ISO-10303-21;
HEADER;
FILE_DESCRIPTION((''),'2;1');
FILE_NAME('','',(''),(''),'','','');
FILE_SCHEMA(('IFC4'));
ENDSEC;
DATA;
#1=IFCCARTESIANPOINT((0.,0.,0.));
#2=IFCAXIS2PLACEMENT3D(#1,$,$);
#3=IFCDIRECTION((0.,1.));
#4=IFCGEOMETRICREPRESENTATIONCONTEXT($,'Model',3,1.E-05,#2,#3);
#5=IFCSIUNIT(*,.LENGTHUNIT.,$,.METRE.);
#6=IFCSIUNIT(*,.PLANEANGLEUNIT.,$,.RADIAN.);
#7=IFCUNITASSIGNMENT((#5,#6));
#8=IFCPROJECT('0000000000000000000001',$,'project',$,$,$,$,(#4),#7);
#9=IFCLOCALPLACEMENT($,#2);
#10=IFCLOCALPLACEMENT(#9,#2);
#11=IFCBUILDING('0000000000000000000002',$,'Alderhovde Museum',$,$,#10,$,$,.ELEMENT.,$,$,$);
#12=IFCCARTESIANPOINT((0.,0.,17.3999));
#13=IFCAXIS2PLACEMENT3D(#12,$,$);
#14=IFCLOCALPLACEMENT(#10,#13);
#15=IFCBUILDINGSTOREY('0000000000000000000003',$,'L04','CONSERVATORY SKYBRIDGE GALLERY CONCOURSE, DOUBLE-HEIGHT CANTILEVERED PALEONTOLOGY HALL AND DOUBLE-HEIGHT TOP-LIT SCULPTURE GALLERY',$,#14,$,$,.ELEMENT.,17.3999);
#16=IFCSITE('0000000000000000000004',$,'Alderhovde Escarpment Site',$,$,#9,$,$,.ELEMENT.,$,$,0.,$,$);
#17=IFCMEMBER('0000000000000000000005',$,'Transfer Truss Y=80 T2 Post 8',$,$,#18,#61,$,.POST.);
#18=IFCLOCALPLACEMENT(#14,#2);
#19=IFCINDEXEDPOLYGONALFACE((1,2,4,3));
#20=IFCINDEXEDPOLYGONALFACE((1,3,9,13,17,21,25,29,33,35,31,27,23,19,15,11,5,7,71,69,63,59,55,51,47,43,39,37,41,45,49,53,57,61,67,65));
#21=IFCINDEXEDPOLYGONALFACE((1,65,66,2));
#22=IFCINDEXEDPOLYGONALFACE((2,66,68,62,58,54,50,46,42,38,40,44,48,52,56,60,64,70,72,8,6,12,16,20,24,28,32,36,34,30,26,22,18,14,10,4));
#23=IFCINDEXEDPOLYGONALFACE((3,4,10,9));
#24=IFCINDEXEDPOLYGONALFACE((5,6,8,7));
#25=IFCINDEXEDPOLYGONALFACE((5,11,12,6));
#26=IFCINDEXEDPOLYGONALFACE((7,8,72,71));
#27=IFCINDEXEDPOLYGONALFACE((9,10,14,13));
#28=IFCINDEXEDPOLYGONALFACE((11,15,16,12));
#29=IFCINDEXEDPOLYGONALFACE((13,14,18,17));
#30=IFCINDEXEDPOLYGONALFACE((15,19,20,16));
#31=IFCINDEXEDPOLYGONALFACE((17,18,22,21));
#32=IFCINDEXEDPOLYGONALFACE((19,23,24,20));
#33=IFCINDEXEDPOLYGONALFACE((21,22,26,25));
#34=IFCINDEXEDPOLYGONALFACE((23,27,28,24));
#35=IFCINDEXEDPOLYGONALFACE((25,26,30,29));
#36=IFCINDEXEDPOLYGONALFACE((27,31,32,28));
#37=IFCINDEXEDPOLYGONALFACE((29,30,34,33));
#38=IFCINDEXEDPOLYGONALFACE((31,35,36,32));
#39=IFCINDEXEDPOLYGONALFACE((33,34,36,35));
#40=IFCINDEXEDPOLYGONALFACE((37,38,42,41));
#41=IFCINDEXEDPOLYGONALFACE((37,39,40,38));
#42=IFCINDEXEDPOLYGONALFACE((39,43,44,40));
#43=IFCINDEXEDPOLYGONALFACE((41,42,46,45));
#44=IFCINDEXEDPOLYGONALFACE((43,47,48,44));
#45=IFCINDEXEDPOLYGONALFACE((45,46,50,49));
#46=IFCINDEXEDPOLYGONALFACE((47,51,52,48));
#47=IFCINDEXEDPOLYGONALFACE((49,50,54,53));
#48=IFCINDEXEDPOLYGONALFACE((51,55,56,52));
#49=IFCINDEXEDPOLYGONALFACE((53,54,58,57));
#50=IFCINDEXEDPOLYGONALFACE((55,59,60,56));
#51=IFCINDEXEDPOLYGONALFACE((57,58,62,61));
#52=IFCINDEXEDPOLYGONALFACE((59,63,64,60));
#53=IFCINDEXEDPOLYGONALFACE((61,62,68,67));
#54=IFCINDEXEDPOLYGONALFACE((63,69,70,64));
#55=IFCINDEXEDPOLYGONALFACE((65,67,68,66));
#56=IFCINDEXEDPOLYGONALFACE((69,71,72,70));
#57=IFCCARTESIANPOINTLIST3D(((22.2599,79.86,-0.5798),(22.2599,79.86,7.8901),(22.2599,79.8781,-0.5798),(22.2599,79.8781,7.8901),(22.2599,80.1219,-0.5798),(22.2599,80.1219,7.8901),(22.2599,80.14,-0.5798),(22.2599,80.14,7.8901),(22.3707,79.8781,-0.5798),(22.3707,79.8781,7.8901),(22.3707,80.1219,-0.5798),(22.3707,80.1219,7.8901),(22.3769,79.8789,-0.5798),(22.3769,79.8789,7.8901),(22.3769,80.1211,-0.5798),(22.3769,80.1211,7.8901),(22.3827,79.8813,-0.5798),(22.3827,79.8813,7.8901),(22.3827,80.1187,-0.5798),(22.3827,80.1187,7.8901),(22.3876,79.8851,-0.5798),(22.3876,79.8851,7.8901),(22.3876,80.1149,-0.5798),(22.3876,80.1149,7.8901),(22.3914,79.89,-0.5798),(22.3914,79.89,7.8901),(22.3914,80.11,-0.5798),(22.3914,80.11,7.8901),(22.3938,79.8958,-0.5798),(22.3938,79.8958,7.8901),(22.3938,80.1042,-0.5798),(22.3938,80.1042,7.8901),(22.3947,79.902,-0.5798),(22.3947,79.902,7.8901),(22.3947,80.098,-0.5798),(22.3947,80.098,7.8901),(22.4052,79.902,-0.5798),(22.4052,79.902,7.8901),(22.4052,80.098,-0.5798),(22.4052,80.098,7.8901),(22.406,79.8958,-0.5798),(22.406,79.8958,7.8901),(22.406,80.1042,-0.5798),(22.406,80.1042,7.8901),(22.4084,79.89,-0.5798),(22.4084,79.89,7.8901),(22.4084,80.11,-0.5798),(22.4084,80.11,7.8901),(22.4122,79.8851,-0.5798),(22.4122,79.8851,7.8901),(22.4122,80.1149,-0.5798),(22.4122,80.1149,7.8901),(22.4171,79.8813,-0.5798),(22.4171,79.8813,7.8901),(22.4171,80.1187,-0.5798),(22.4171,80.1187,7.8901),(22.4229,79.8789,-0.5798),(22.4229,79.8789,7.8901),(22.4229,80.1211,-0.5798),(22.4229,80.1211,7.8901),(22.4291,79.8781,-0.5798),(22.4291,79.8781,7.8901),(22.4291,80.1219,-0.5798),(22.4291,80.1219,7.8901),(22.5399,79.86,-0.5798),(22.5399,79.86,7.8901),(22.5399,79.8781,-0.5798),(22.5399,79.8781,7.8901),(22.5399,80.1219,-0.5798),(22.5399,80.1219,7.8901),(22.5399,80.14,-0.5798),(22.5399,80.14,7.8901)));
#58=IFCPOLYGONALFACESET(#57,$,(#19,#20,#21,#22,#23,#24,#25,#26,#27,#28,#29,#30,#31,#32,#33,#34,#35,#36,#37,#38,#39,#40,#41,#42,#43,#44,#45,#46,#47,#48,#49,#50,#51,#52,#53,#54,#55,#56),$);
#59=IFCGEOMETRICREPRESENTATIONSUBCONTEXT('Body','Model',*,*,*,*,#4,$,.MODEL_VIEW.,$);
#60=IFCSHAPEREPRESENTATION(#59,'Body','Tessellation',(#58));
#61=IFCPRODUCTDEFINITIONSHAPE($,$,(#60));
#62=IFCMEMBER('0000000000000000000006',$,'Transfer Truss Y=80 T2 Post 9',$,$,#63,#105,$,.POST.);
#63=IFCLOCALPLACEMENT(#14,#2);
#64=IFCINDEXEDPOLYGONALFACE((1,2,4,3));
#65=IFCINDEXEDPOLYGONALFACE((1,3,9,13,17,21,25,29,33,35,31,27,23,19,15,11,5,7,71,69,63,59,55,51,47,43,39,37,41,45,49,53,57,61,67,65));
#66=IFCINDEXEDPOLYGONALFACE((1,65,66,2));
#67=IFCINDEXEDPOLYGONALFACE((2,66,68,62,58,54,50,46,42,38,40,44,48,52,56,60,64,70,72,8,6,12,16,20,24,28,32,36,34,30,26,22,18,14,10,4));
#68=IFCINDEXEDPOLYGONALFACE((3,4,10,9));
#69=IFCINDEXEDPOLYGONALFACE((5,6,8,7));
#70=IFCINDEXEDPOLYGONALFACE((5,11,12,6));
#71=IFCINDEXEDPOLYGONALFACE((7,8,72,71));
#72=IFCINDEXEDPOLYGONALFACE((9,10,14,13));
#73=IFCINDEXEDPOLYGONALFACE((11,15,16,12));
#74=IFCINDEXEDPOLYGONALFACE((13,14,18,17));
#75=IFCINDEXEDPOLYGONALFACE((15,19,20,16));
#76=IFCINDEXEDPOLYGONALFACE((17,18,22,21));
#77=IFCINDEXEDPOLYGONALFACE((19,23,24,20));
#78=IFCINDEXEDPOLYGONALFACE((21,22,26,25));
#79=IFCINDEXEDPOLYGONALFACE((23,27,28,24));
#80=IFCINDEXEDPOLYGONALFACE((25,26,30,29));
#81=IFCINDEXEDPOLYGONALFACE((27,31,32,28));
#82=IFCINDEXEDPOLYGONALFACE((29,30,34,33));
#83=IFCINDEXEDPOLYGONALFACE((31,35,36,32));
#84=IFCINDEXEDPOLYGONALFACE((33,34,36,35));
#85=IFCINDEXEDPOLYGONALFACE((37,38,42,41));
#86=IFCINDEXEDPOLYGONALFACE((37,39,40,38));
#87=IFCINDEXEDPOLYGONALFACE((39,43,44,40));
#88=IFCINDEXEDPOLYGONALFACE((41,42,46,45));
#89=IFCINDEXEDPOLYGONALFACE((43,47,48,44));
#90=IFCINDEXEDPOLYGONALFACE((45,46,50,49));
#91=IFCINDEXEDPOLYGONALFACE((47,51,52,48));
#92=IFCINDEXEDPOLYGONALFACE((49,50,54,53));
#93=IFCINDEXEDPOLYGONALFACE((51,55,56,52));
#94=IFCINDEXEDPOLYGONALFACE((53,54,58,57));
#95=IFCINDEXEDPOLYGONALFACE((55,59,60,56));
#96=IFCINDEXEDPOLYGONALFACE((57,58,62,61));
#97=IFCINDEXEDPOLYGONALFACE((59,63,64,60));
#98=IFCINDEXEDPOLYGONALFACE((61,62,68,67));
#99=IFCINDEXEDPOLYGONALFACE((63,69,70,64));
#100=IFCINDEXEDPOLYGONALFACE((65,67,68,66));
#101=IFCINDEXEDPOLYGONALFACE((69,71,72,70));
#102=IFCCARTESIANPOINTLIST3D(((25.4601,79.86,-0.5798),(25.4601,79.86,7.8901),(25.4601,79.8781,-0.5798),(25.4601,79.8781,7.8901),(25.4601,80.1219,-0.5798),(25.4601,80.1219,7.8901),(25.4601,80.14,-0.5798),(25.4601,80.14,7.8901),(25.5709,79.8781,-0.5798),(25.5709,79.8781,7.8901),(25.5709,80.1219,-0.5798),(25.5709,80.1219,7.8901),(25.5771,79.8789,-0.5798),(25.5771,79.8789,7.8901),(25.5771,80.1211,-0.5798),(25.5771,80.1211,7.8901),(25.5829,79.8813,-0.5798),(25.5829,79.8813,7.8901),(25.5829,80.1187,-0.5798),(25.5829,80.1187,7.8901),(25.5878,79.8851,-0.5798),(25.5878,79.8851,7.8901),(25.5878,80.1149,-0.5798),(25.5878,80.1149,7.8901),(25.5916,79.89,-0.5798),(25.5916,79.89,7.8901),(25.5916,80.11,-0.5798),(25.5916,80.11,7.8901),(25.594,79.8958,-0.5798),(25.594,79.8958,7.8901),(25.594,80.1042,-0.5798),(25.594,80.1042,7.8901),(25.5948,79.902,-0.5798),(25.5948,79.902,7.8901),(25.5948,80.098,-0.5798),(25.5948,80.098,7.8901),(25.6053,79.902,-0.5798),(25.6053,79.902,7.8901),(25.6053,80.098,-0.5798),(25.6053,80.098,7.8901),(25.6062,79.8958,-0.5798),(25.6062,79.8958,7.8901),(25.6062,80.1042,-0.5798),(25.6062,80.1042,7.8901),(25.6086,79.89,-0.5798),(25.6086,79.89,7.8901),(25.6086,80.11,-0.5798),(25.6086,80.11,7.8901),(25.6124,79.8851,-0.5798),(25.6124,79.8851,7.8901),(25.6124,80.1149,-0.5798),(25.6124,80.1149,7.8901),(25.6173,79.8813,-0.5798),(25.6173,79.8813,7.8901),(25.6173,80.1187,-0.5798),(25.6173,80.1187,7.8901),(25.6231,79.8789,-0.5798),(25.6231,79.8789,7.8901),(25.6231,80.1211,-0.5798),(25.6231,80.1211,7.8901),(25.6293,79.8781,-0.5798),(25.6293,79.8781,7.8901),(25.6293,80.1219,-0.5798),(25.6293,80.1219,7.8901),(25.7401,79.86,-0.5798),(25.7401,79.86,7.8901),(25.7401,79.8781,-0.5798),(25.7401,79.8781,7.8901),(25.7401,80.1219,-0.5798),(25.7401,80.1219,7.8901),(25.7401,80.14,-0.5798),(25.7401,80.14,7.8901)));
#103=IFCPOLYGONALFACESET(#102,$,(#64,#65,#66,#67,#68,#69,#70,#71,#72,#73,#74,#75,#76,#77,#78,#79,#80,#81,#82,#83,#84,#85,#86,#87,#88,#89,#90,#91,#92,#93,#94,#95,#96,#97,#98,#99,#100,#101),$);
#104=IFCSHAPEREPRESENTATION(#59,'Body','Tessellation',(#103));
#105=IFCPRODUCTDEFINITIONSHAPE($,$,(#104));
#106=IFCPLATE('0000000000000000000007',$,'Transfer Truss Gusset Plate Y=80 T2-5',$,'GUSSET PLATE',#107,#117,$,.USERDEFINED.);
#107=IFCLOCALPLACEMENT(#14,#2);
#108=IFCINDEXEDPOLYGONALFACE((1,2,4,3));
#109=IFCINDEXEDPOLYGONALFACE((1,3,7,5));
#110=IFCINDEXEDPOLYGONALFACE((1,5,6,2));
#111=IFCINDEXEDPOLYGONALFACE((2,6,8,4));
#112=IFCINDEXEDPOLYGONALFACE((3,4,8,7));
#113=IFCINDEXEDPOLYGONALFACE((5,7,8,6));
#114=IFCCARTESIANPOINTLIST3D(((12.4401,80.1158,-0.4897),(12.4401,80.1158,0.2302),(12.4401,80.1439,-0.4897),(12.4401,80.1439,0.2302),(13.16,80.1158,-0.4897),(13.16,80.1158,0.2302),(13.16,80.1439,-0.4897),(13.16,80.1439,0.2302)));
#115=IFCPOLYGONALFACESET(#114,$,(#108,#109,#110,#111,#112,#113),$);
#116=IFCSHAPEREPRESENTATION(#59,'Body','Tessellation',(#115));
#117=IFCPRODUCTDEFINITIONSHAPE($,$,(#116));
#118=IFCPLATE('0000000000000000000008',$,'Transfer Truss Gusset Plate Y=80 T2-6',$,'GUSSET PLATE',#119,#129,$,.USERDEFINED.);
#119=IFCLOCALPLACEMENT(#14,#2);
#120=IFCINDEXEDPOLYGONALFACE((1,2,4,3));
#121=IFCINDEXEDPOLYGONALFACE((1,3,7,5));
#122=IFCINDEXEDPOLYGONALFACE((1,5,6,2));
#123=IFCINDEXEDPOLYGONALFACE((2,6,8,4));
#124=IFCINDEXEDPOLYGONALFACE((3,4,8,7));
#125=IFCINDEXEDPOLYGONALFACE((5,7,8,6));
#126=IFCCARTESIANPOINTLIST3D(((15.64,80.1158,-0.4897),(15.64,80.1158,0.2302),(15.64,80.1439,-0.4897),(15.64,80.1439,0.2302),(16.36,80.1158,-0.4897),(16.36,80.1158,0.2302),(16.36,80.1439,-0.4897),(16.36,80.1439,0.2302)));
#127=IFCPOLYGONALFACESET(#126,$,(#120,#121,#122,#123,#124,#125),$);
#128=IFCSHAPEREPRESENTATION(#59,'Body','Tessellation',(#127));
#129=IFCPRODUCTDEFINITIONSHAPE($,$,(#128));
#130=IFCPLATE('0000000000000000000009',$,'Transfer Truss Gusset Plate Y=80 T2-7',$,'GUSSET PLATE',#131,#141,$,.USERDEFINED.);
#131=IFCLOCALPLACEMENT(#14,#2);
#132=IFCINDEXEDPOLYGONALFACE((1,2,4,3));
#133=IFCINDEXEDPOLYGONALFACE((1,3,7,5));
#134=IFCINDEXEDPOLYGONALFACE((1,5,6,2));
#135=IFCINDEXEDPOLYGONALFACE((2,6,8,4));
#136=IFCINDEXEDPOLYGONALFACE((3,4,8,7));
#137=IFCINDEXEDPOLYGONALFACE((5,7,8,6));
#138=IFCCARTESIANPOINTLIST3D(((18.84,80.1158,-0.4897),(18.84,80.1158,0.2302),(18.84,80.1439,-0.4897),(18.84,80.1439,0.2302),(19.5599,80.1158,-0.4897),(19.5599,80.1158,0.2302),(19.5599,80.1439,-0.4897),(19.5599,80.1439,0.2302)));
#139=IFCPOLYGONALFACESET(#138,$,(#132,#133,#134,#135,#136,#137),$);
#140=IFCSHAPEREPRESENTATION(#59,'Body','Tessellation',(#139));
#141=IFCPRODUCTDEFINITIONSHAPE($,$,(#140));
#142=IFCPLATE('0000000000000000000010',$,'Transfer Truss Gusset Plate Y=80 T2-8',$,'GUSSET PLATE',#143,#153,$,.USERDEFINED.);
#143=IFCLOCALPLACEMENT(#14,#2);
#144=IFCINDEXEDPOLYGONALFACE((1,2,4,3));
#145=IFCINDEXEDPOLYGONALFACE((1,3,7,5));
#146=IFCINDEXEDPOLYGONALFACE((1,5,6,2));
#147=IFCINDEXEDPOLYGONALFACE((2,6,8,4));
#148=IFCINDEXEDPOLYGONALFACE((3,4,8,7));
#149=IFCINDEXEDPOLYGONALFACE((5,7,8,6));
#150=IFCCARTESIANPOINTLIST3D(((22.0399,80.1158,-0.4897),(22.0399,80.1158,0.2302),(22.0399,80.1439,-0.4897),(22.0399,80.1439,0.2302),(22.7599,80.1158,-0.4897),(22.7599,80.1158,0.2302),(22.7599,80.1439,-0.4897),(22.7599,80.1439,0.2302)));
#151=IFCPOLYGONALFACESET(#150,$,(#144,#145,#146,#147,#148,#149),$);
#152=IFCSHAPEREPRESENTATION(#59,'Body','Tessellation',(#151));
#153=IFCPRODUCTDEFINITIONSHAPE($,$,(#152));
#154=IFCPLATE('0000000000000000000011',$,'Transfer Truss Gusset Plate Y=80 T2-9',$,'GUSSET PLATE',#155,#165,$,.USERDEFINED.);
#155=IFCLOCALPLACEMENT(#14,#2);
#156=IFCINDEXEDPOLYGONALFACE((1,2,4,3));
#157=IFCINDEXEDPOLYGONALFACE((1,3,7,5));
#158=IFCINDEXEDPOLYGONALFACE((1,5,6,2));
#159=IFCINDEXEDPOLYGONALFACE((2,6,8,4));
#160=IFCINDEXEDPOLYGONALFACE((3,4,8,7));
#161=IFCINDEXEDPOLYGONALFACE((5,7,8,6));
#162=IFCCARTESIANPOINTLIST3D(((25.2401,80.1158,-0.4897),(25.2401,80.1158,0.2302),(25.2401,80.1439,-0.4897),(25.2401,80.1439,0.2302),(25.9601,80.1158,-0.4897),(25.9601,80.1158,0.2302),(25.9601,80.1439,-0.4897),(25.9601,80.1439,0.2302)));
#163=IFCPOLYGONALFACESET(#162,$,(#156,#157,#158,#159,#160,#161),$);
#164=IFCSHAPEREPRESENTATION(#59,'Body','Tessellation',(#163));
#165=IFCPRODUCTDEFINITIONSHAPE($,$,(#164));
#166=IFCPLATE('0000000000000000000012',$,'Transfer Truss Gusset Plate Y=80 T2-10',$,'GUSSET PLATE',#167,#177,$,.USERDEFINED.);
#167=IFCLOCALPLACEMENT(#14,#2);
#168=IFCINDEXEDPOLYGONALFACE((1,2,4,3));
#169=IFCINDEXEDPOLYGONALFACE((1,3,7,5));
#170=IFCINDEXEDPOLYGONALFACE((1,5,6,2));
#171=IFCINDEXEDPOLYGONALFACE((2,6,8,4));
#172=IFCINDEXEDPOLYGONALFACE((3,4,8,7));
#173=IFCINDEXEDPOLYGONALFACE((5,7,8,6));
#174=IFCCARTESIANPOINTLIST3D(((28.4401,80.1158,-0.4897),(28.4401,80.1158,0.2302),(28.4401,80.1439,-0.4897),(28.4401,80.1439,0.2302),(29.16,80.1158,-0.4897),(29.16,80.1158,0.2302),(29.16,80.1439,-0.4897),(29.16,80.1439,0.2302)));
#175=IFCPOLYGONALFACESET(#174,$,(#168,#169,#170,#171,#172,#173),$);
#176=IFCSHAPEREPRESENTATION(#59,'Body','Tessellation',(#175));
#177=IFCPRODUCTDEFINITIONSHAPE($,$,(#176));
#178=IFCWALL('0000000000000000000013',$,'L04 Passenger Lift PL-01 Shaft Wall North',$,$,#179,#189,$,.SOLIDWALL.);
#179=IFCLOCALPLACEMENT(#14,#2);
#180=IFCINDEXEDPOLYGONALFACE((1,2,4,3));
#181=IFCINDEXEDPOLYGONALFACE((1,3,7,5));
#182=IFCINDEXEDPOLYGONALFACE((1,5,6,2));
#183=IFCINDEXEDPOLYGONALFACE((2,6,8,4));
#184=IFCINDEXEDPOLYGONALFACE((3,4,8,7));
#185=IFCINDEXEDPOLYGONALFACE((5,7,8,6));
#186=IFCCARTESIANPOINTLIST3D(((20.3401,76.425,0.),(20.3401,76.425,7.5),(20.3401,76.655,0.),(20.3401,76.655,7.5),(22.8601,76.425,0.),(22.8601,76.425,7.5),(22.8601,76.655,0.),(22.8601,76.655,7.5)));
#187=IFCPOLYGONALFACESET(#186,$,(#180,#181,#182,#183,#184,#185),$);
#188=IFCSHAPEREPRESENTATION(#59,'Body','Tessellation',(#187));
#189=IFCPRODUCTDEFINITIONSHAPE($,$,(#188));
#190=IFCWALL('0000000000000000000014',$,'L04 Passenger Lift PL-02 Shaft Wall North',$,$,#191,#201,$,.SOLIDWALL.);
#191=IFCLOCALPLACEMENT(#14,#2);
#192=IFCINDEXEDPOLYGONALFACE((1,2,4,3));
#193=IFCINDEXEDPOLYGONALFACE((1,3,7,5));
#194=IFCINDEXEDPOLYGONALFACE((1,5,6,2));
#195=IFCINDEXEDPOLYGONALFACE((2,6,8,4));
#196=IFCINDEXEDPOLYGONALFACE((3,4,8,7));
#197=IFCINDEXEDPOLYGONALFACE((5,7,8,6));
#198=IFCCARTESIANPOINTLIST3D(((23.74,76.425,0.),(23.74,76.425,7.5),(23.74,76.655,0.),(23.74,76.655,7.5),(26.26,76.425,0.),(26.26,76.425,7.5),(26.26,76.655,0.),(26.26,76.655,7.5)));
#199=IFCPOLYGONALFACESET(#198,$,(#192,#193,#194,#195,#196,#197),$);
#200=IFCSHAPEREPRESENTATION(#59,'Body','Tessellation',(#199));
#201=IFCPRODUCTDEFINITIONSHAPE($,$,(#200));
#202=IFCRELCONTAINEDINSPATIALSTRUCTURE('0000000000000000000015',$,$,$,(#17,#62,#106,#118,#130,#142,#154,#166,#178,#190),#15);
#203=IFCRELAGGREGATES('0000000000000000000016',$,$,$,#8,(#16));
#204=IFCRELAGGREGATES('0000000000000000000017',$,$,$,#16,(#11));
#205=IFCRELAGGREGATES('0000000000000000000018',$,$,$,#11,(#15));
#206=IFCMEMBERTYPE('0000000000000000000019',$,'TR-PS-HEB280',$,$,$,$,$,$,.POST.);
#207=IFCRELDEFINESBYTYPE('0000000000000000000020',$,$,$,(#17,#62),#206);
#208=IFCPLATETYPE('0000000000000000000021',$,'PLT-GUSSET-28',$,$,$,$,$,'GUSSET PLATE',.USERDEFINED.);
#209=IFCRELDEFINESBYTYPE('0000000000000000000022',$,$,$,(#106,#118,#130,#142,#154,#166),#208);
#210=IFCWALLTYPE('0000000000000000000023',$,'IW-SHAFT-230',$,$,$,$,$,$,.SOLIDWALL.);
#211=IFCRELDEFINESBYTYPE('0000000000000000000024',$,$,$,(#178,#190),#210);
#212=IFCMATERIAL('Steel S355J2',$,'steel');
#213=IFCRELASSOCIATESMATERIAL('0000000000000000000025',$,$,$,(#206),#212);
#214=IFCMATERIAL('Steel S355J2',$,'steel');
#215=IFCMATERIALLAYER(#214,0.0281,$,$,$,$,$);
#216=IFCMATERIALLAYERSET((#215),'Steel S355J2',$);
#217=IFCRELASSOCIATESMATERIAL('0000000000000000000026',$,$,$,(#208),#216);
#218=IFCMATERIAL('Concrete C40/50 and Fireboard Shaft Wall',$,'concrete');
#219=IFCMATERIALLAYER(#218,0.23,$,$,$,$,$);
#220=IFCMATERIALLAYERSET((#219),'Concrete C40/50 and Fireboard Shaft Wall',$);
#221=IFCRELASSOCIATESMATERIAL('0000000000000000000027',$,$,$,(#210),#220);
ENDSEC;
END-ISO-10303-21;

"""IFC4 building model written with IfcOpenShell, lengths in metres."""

from ifc_helpers import new_model, si_unit, direction, frame, frame_2d, origin, origin_2d, place, context, subcontext, project, spatial, rectangle, i_section, extrude, material, layer, layer_set, material_profile, profile_set, type_object, element, save


model = new_model("IFC4")

# Units and contexts
model_context = context("Model", 3, precision=1e-05, world=origin(), true_north=direction((0.0, 1.0)))
body_context = subcontext(model_context, "Body", "Model", "MODEL_VIEW")
ifc_project = project(units=[si_unit("LENGTHUNIT", "METRE"), si_unit("PLANEANGLEUNIT", "RADIAN")], contexts=[model_context])

# Site, building, storey
site_placement = place(None, origin())
site = spatial("IfcSite", under=ifc_project, at=site_placement, Name="Alderhovde Escarpment Site", CompositionType="ELEMENT", RefElevation=0.0)
building_placement = place(site_placement, origin())
building = spatial("IfcBuilding", under=site, at=building_placement, Name="Alderhovde Museum", CompositionType="ELEMENT")
storey_placement = place(building_placement, frame((0.0, 0.0, 17.3999)))
storey = spatial("IfcBuildingStorey", under=building, at=storey_placement, Name="L04", Description="CONSERVATORY SKYBRIDGE GALLERY CONCOURSE, DOUBLE-HEIGHT CANTILEVERED PALEONTOLOGY HALL AND DOUBLE-HEIGHT TOP-LIT SCULPTURE GALLERY", CompositionType="ELEMENT", Elevation=17.3999)

# Members
ifc_material_1 = material(Name="Steel S355J2", Category="steel")
ifc_material_profile_1 = material_profile(ifc_material_1, i_section(OverallWidth=0.28, OverallDepth=0.28, WebThickness=0.0105, FlangeThickness=0.0181, FilletRadius=0.0239, at=origin_2d()), Name="HEB 280")
ifc_profile_set_1 = profile_set([ifc_material_profile_1], Name="Steel S355J2")
member_type_1 = type_object("IfcMemberType", Name="TR-PS-HEB280", PredefinedType="POST", material=ifc_profile_set_1)
for number, where, z_axis, x_axis, name in (
    (1, (22.3999, 80.0, -0.5798), (0.0, 0.0, 1.0), (1.0, 0.0, 0.0), "Transfer Truss Y=80 T2 Post 8"),
    (2, (25.6001, 80.0, -0.5798), (0.0, 0.0, 1.0), (1.0, 0.0, 0.0), "Transfer Truss Y=80 T2 Post 9"),
):
    element("IfcMember", number, at=place(storey_placement, frame(where, z_axis=z_axis, x_axis=x_axis)), inside=storey, type_object=member_type_1, Name=name, PredefinedType="POST", context=body_context, shape_type="SweptSolid", body=[
        extrude(i_section(OverallWidth=0.28, OverallDepth=0.28, WebThickness=0.0105, FlangeThickness=0.0181, FilletRadius=0.0239, at=origin_2d()), origin(), (0.0, 0.0, 1.0), 8.47),
    ])

# Plates
ifc_material_2 = material(Name="Steel S355J2", Category="steel")
ifc_layer_1 = layer(ifc_material_2, 0.0281)
ifc_layer_set_1 = layer_set([ifc_layer_1], Name="Steel S355J2")
plate_type = type_object("IfcPlateType", Name="PLT-GUSSET-28", ElementType="GUSSET PLATE", PredefinedType="USERDEFINED", material=ifc_layer_set_1)
for number, where, z_axis, x_axis, name in (
    (3, (12.8, 80.1299, -0.4897), (0.0, 0.0, 1.0), (1.0, 0.0, 0.0), "Transfer Truss Gusset Plate Y=80 T2-5"),
    (4, (16.0, 80.1299, -0.4897), (0.0, 0.0, 1.0), (1.0, 0.0, 0.0), "Transfer Truss Gusset Plate Y=80 T2-6"),
    (5, (19.2, 80.1299, -0.4897), (0.0, 0.0, 1.0), (1.0, 0.0, 0.0), "Transfer Truss Gusset Plate Y=80 T2-7"),
    (6, (22.3999, 80.1299, -0.4897), (0.0, 0.0, 1.0), (1.0, 0.0, 0.0), "Transfer Truss Gusset Plate Y=80 T2-8"),
    (7, (25.6001, 80.1299, -0.4897), (0.0, 0.0, 1.0), (1.0, 0.0, 0.0), "Transfer Truss Gusset Plate Y=80 T2-9"),
    (8, (28.8, 80.1299, -0.4897), (0.0, 0.0, 1.0), (1.0, 0.0, 0.0), "Transfer Truss Gusset Plate Y=80 T2-10"),
):
    element("IfcPlate", number, at=place(storey_placement, frame(where, z_axis=z_axis, x_axis=x_axis)), inside=storey, type_object=plate_type, Name=name, ObjectType="GUSSET PLATE", PredefinedType="USERDEFINED", context=body_context, shape_type="SweptSolid", body=[
        extrude(rectangle(XDim=0.72, YDim=0.0281, at=origin_2d()), origin(), (0.0, 0.0, 1.0), 0.72),
    ])

# Walls
ifc_material_3 = material(Name="Concrete C40/50 and Fireboard Shaft Wall", Category="concrete")
ifc_layer_2 = layer(ifc_material_3, 0.23)
ifc_layer_set_2 = layer_set([ifc_layer_2], Name="Concrete C40/50 and Fireboard Shaft Wall")
wall_type_1 = type_object("IfcWallType", Name="IW-SHAFT-230", PredefinedType="SOLIDWALL", material=ifc_layer_set_2)
for number, where, z_axis, x_axis, name in (
    (9, (20.3401, 76.54, 0.0), (0.0, 0.0, 1.0), (1.0, 0.0, 0.0), "L04 Passenger Lift PL-01 Shaft Wall North"),
    (10, (23.74, 76.54, 0.0), (0.0, 0.0, 1.0), (1.0, 0.0, 0.0), "L04 Passenger Lift PL-02 Shaft Wall North"),
):
    element("IfcWall", number, at=place(storey_placement, frame(where, z_axis=z_axis, x_axis=x_axis)), inside=storey, type_object=wall_type_1, Name=name, PredefinedType="SOLIDWALL", context=body_context, shape_type="SweptSolid", body=[
        extrude(rectangle(XDim=2.52, YDim=0.23, at=frame_2d((1.26, 0.0))), origin(), (0.0, 0.0, 1.0), 7.5),
    ])

save(model, "model.ifc")
